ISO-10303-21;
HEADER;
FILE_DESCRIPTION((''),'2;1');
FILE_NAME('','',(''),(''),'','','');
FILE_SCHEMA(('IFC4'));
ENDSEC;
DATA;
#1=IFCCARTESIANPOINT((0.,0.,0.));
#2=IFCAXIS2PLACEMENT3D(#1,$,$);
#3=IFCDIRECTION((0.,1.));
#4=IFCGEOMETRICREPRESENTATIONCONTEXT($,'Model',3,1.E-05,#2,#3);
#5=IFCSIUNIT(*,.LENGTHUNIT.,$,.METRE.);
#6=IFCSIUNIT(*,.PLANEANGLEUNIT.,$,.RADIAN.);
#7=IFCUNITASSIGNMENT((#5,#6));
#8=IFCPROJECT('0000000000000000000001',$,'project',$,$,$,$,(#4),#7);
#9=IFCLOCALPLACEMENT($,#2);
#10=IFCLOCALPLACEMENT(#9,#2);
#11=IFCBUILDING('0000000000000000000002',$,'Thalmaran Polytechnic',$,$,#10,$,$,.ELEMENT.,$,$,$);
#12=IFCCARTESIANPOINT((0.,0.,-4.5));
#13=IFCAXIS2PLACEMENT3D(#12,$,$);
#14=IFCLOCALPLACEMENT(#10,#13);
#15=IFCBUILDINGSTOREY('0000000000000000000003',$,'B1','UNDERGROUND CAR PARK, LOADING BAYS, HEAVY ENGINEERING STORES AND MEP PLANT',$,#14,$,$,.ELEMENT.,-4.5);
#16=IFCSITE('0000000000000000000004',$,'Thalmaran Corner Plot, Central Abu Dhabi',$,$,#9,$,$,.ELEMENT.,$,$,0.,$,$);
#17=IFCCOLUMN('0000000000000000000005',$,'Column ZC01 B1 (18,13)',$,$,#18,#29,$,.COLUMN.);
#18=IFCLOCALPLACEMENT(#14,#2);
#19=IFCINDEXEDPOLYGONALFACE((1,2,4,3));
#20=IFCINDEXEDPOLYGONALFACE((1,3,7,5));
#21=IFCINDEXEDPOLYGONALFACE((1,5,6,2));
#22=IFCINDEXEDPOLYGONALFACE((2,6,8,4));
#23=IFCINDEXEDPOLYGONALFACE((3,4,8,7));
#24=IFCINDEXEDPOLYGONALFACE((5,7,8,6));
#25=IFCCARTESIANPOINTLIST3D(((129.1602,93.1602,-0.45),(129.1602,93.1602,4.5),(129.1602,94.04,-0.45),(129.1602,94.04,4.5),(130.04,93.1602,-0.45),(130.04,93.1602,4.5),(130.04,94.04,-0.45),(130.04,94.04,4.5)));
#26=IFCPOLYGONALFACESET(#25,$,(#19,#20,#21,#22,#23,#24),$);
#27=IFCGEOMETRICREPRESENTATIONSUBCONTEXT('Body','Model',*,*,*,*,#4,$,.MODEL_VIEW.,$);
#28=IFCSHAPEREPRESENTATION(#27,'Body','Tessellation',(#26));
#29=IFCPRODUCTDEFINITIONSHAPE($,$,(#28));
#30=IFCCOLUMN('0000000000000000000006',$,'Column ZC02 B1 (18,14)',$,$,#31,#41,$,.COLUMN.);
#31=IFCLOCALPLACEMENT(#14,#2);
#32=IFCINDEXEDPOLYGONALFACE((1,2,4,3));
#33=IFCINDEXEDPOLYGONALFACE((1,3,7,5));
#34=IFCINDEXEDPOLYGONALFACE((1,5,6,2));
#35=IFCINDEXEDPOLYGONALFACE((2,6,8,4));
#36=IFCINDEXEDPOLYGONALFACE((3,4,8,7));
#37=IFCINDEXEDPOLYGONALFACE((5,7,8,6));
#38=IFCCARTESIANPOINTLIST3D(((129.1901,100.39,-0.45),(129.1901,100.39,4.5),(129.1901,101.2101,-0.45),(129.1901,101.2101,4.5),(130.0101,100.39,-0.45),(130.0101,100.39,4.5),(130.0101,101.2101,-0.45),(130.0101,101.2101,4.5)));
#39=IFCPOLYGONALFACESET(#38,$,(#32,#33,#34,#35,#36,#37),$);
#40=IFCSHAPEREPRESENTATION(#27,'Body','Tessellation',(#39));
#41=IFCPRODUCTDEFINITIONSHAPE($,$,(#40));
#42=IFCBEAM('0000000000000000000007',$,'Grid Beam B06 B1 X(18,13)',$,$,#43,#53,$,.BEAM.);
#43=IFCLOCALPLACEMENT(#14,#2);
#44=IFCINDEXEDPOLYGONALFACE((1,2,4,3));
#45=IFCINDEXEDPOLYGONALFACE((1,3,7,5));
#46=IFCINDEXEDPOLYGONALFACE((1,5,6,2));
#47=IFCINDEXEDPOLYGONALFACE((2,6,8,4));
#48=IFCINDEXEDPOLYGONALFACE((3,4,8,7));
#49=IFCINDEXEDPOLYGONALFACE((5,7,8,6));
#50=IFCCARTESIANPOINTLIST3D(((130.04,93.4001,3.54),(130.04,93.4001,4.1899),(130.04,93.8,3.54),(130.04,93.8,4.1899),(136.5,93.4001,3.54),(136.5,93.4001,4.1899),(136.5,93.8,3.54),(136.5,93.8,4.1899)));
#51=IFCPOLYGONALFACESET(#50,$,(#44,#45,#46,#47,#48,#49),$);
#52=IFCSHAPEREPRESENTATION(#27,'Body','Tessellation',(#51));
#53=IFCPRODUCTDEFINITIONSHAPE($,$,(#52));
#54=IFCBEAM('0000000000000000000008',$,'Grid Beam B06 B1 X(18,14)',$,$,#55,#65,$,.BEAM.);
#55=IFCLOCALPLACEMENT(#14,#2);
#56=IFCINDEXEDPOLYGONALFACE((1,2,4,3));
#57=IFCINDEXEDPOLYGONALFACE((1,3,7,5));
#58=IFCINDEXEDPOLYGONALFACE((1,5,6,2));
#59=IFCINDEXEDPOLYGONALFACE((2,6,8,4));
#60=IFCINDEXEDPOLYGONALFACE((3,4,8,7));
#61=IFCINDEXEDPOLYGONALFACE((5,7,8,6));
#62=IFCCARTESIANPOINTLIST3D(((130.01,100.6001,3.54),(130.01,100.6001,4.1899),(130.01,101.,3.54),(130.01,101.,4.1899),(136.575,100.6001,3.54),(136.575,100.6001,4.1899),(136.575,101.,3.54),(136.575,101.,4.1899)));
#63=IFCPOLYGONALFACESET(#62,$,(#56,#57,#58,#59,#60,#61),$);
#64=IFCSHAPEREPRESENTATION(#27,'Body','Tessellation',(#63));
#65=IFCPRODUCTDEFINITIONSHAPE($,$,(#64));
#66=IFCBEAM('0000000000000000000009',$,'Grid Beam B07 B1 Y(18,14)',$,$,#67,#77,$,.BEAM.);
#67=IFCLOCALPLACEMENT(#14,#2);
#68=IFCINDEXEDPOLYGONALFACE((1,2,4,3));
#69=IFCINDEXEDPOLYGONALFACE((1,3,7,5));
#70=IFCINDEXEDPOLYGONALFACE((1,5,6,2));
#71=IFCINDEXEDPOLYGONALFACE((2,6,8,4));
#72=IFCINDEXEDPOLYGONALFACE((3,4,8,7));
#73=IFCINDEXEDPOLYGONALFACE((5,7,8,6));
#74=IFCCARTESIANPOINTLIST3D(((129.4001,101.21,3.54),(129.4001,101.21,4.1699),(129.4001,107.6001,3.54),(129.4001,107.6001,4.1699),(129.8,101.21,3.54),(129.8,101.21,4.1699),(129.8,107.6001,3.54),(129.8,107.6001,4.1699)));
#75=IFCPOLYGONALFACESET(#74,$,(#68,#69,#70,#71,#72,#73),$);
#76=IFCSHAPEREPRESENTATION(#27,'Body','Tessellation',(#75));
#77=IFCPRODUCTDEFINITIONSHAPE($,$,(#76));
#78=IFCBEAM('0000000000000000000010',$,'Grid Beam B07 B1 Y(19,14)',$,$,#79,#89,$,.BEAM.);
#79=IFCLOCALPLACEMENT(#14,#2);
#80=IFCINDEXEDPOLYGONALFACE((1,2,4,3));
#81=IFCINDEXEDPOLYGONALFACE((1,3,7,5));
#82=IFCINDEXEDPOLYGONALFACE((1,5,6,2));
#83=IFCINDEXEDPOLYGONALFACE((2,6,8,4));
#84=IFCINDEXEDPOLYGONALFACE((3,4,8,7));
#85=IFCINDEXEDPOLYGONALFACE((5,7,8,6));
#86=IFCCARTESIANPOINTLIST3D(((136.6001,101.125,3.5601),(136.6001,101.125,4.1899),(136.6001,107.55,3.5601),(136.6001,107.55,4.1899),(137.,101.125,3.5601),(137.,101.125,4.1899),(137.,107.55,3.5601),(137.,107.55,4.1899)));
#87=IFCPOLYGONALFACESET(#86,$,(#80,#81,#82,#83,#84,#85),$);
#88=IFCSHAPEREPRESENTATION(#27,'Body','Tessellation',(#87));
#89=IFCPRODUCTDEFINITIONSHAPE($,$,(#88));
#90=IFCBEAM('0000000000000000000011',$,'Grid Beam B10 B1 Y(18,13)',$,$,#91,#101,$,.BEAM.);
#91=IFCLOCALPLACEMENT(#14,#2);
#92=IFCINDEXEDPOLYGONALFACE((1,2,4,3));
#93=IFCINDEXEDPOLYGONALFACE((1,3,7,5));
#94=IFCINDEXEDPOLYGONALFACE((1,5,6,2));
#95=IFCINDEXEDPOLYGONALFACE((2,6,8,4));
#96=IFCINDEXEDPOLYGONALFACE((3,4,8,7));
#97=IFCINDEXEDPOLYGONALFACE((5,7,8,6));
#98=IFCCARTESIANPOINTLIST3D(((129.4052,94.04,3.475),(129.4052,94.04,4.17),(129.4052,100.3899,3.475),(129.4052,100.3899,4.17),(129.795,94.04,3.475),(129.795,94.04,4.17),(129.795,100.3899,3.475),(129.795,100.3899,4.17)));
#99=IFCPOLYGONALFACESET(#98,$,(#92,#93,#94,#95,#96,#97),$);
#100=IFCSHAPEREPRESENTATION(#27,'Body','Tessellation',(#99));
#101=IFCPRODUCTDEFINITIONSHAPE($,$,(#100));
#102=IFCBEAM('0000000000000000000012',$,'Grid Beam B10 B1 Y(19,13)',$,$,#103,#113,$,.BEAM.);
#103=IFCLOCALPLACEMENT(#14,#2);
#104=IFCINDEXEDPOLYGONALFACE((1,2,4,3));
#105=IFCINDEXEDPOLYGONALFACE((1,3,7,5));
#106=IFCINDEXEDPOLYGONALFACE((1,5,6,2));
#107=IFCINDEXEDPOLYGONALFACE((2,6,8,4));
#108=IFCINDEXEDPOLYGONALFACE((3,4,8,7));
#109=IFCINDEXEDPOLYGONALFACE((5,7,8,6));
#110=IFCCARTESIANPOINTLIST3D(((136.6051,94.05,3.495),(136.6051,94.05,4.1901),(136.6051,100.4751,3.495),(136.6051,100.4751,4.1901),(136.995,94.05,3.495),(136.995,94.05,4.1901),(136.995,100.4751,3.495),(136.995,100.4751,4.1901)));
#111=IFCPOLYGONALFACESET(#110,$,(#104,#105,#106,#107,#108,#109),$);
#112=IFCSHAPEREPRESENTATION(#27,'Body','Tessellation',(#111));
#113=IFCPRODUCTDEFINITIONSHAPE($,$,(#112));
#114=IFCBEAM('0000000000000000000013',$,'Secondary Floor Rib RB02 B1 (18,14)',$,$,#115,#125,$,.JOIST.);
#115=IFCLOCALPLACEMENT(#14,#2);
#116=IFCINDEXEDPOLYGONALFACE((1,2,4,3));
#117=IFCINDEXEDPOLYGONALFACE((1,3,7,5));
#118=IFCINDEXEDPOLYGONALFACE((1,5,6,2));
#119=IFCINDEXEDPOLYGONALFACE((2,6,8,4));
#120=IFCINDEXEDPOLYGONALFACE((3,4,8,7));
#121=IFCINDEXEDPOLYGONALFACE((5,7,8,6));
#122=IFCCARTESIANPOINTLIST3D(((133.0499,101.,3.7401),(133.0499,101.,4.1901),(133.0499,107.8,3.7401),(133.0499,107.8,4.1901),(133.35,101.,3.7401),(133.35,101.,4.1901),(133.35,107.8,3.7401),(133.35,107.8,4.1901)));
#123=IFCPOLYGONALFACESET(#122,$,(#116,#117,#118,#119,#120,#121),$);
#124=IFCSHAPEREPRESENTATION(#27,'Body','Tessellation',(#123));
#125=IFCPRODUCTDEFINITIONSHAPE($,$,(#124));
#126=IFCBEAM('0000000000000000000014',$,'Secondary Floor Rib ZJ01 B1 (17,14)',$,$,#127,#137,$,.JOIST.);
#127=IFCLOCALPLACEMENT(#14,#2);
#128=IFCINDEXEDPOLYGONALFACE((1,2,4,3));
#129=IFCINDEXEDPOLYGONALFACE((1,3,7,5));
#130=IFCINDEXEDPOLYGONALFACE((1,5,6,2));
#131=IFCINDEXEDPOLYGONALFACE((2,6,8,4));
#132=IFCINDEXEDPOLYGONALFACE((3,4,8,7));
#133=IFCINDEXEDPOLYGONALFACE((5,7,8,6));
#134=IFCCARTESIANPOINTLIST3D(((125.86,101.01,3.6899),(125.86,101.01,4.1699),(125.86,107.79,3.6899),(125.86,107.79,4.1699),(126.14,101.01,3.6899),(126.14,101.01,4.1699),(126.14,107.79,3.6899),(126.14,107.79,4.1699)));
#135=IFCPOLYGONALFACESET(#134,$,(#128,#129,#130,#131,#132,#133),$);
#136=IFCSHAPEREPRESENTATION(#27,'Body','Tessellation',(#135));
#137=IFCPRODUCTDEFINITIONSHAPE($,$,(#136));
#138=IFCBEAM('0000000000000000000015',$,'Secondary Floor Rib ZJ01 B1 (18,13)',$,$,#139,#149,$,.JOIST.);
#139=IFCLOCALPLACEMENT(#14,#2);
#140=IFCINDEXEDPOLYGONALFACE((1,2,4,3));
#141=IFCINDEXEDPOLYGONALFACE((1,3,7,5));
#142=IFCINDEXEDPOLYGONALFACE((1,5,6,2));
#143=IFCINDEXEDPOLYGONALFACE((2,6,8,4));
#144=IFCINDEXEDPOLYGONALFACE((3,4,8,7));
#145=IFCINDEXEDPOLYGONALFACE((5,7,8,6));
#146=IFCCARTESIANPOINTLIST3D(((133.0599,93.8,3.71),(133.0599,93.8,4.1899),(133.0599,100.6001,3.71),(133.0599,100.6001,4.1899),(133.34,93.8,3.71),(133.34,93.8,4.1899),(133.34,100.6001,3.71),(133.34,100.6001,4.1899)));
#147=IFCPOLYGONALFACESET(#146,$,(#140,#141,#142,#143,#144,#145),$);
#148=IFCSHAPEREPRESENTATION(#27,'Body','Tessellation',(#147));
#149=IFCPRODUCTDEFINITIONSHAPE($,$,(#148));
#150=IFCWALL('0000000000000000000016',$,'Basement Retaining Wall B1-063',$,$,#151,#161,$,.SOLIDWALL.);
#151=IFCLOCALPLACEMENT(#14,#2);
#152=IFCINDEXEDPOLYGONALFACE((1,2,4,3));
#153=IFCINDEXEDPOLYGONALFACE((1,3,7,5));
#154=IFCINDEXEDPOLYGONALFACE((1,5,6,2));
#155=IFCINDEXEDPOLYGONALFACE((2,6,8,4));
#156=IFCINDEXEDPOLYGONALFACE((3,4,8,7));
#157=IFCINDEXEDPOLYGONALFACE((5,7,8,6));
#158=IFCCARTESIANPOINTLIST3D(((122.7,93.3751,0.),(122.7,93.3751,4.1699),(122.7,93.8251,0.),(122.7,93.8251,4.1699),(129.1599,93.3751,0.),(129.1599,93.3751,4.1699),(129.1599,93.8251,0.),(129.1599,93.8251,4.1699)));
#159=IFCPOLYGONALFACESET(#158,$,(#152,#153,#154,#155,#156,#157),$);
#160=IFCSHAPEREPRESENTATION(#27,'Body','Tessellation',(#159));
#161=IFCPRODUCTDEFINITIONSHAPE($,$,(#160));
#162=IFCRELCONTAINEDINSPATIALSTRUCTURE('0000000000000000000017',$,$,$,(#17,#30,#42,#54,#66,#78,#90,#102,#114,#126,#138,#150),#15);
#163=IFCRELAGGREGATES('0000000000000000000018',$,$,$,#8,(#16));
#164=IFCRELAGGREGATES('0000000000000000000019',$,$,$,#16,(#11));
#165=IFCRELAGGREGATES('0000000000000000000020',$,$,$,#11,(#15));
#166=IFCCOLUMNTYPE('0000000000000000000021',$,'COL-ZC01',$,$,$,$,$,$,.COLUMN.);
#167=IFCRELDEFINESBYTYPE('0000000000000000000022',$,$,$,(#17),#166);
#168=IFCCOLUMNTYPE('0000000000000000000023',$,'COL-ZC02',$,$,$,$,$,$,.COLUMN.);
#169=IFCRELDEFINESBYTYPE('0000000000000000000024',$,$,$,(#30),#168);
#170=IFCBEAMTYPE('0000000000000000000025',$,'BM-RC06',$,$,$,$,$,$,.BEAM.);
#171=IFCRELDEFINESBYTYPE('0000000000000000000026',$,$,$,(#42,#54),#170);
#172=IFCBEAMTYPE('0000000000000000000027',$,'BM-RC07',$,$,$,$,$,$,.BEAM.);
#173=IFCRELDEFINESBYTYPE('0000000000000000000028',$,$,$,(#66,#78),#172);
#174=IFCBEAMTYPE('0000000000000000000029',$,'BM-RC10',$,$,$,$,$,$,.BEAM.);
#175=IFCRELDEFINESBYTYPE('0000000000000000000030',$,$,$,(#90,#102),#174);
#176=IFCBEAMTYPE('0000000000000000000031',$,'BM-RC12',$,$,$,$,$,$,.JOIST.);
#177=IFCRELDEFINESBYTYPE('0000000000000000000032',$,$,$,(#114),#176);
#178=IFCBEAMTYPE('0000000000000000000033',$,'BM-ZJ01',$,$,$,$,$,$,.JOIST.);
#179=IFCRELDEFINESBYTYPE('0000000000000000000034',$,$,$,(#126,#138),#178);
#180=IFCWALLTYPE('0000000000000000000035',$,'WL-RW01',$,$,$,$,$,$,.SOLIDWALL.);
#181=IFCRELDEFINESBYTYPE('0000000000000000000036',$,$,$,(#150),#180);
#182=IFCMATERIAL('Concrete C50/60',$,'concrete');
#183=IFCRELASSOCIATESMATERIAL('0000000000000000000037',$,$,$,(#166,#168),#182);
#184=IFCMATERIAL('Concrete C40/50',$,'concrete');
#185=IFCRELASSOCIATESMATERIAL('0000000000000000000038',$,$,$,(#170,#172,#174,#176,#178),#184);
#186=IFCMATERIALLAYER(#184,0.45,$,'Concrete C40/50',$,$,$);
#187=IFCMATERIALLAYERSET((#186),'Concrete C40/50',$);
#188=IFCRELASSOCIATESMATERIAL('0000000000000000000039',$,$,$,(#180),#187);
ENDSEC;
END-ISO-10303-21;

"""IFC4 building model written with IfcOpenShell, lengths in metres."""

from ifc_helpers import new_model, si_unit, direction, frame, frame_2d, origin, origin_2d, place, context, subcontext, project, spatial, rectangle, extrude, material, layer, layer_set, material_profile, profile_set, type_object, element, save


model = new_model("IFC4")

# Units and contexts
model_context = context("Model", 3, precision=1e-05, world=origin(), true_north=direction((0.0, 1.0)))
body_context = subcontext(model_context, "Body", "Model", "MODEL_VIEW")
ifc_project = project(units=[si_unit("LENGTHUNIT", "METRE"), si_unit("PLANEANGLEUNIT", "RADIAN")], contexts=[model_context])

# Site, building, storey
site_placement = place(None, origin())
site = spatial("IfcSite", under=ifc_project, at=site_placement, Name="Thalmaran Corner Plot, Central Abu Dhabi", CompositionType="ELEMENT", RefElevation=0.0)
building_placement = place(site_placement, origin())
building = spatial("IfcBuilding", under=site, at=building_placement, Name="Thalmaran Polytechnic", CompositionType="ELEMENT")
storey_placement = place(building_placement, frame((0.0, 0.0, -4.5)))
storey = spatial("IfcBuildingStorey", under=building, at=storey_placement, Name="B1", Description="UNDERGROUND CAR PARK, LOADING BAYS, HEAVY ENGINEERING STORES AND MEP PLANT", CompositionType="ELEMENT", Elevation=-4.5)

# Shared definitions
ifc_material_1 = material(Name="Concrete C40/50", Category="concrete")

# Columns
ifc_material_2 = material(Name="Concrete C50/60", Category="concrete")
ifc_material_profile_1 = material_profile(ifc_material_2, rectangle(XDim=0.8799, YDim=0.8799, at=origin_2d()), Name="RC 880x880")
ifc_profile_set_1 = profile_set([ifc_material_profile_1], Name="Concrete C50/60")
column_type_1 = type_object("IfcColumnType", Name="COL-ZC01", PredefinedType="COLUMN", material=ifc_profile_set_1)
column_1_placement = place(storey_placement, frame((129.6001, 93.6001, -0.45), z_axis=(0.0, 0.0, 1.0), x_axis=(1.0, 0.0, 0.0)))
element("IfcColumn", 1, at=column_1_placement, inside=storey, type_object=column_type_1, Name="Column ZC01 B1 (18,13)", PredefinedType="COLUMN", context=body_context, shape_type="SweptSolid", body=[
    extrude(rectangle(XDim=0.8799, YDim=0.8799, at=origin_2d()), origin(), (0.0, 0.0, 1.0), 4.95),
])
ifc_material_profile_2 = material_profile(ifc_material_2, rectangle(XDim=0.8201, YDim=0.8201, at=origin_2d()), Name="RC 820x820")
ifc_profile_set_2 = profile_set([ifc_material_profile_2], Name="Concrete C50/60")
column_type_2 = type_object("IfcColumnType", Name="COL-ZC02", PredefinedType="COLUMN", material=ifc_profile_set_2)
column_2_placement = place(storey_placement, frame((129.6001, 100.8, -0.45), z_axis=(0.0, 0.0, 1.0), x_axis=(1.0, 0.0, 0.0)))
element("IfcColumn", 2, at=column_2_placement, inside=storey, type_object=column_type_2, Name="Column ZC02 B1 (18,14)", PredefinedType="COLUMN", context=body_context, shape_type="SweptSolid", body=[
    extrude(rectangle(XDim=0.8201, YDim=0.8201, at=origin_2d()), origin(), (0.0, 0.0, 1.0), 4.95),
])

# Beams
ifc_material_profile_3 = material_profile(ifc_material_1, rectangle(XDim=0.3999, YDim=0.6499, at=origin_2d()), Name="RC 400x650")
ifc_profile_set_3 = profile_set([ifc_material_profile_3], Name="Concrete C40/50")
beam_type_1 = type_object("IfcBeamType", Name="BM-RC06", PredefinedType="BEAM", material=ifc_profile_set_3)
beam_1_placement = place(storey_placement, frame((130.04, 93.6001, 3.865), z_axis=(1.0, 0.0, 0.0), x_axis=(0.0, 1.0, 0.0)))
element("IfcBeam", 3, at=beam_1_placement, inside=storey, type_object=beam_type_1, Name="Grid Beam B06 B1 X(18,13)", PredefinedType="BEAM", context=body_context, shape_type="SweptSolid", body=[
    extrude(rectangle(XDim=0.3999, YDim=0.6499, at=origin_2d()), origin(), (0.0, 0.0, 1.0), 6.46),
])
beam_2_placement = place(storey_placement, frame((130.01, 100.8, 3.865), z_axis=(1.0, 0.0, 0.0), x_axis=(0.0, 1.0, 0.0)))
element("IfcBeam", 4, at=beam_2_placement, inside=storey, type_object=beam_type_1, Name="Grid Beam B06 B1 X(18,14)", PredefinedType="BEAM", context=body_context, shape_type="SweptSolid", body=[
    extrude(rectangle(XDim=0.3999, YDim=0.6499, at=origin_2d()), origin(), (0.0, 0.0, 1.0), 6.5649),
])
ifc_material_profile_4 = material_profile(ifc_material_1, rectangle(XDim=0.3999, YDim=0.6299, at=origin_2d()), Name="RC 400x630")
ifc_profile_set_4 = profile_set([ifc_material_profile_4], Name="Concrete C40/50")
beam_type_2 = type_object("IfcBeamType", Name="BM-RC07", PredefinedType="BEAM", material=ifc_profile_set_4)
beam_3_placement = place(storey_placement, frame((129.6001, 101.21, 3.855), z_axis=(0.0, 1.0, 0.0), x_axis=(-1.0, 0.0, 0.0)))
element("IfcBeam", 5, at=beam_3_placement, inside=storey, type_object=beam_type_2, Name="Grid Beam B07 B1 Y(18,14)", PredefinedType="BEAM", context=body_context, shape_type="SweptSolid", body=[
    extrude(rectangle(XDim=0.3999, YDim=0.6299, at=origin_2d()), origin(), (0.0, 0.0, 1.0), 6.3901),
])
beam_4_placement = place(storey_placement, frame((136.8, 101.125, 3.875), z_axis=(0.0, 1.0, 0.0), x_axis=(-1.0, 0.0, 0.0)))
element("IfcBeam", 6, at=beam_4_placement, inside=storey, type_object=beam_type_2, Name="Grid Beam B07 B1 Y(19,14)", PredefinedType="BEAM", context=body_context, shape_type="SweptSolid", body=[
    extrude(rectangle(XDim=0.3999, YDim=0.6299, at=origin_2d()), origin(), (0.0, 0.0, 1.0), 6.425),
])
ifc_material_profile_5 = material_profile(ifc_material_1, rectangle(XDim=0.3899, YDim=0.6951, at=origin_2d()), Name="RC 390x695")
ifc_profile_set_5 = profile_set([ifc_material_profile_5], Name="Concrete C40/50")
beam_type_3 = type_object("IfcBeamType", Name="BM-RC10", PredefinedType="BEAM", material=ifc_profile_set_5)
beam_5_placement = place(storey_placement, frame((129.6001, 94.04, 3.8225), z_axis=(0.0, 1.0, 0.0), x_axis=(-1.0, 0.0, 0.0)))
element("IfcBeam", 7, at=beam_5_placement, inside=storey, type_object=beam_type_3, Name="Grid Beam B10 B1 Y(18,13)", PredefinedType="BEAM", context=body_context, shape_type="SweptSolid", body=[
    extrude(rectangle(XDim=0.3899, YDim=0.6951, at=origin_2d()), origin(), (0.0, 0.0, 1.0), 6.3499),
])
beam_6_placement = place(storey_placement, frame((136.8, 94.05, 3.8425), z_axis=(0.0, 1.0, 0.0), x_axis=(-1.0, 0.0, 0.0)))
element("IfcBeam", 8, at=beam_6_placement, inside=storey, type_object=beam_type_3, Name="Grid Beam B10 B1 Y(19,13)", PredefinedType="BEAM", context=body_context, shape_type="SweptSolid", body=[
    extrude(rectangle(XDim=0.3899, YDim=0.6951, at=origin_2d()), origin(), (0.0, 0.0, 1.0), 6.425),
])
ifc_material_profile_6 = material_profile(ifc_material_1, rectangle(XDim=0.3, YDim=0.45, at=origin_2d()), Name="RC 300x450")
ifc_profile_set_6 = profile_set([ifc_material_profile_6], Name="Concrete C40/50")
beam_type_4 = type_object("IfcBeamType", Name="BM-RC12", PredefinedType="JOIST", material=ifc_profile_set_6)
beam_7_placement = place(storey_placement, frame((133.2, 101.0, 3.9651), z_axis=(0.0, 1.0, 0.0), x_axis=(-1.0, 0.0, 0.0)))
element("IfcBeam", 9, at=beam_7_placement, inside=storey, type_object=beam_type_4, Name="Secondary Floor Rib RB02 B1 (18,14)", PredefinedType="JOIST", context=body_context, shape_type="SweptSolid", body=[
    extrude(rectangle(XDim=0.3, YDim=0.45, at=origin_2d()), origin(), (0.0, 0.0, 1.0), 6.8),
])
ifc_material_profile_7 = material_profile(ifc_material_1, rectangle(XDim=0.28, YDim=0.48, at=origin_2d()), Name="RC 280x480")
ifc_profile_set_7 = profile_set([ifc_material_profile_7], Name="Concrete C40/50")
beam_type_5 = type_object("IfcBeamType", Name="BM-ZJ01", PredefinedType="JOIST", material=ifc_profile_set_7)
beam_8_placement = place(storey_placement, frame((126.0, 101.01, 3.9299), z_axis=(0.0, 1.0, 0.0), x_axis=(-1.0, 0.0, 0.0)))
element("IfcBeam", 10, at=beam_8_placement, inside=storey, type_object=beam_type_5, Name="Secondary Floor Rib ZJ01 B1 (17,14)", PredefinedType="JOIST", context=body_context, shape_type="SweptSolid", body=[
    extrude(rectangle(XDim=0.28, YDim=0.48, at=origin_2d()), origin(), (0.0, 0.0, 1.0), 6.78),
])
beam_9_placement = place(storey_placement, frame((133.2, 93.8, 3.95), z_axis=(0.0, 1.0, 0.0), x_axis=(-1.0, 0.0, 0.0)))
element("IfcBeam", 11, at=beam_9_placement, inside=storey, type_object=beam_type_5, Name="Secondary Floor Rib ZJ01 B1 (18,13)", PredefinedType="JOIST", context=body_context, shape_type="SweptSolid", body=[
    extrude(rectangle(XDim=0.28, YDim=0.48, at=origin_2d()), origin(), (0.0, 0.0, 1.0), 6.8),
])

# Wall
ifc_layer = layer(ifc_material_1, 0.45, Name="Concrete C40/50")
ifc_layer_set = layer_set([ifc_layer], Name="Concrete C40/50")
wall_type = type_object("IfcWallType", Name="WL-RW01", PredefinedType="SOLIDWALL", material=ifc_layer_set)
wall_placement = place(storey_placement, frame((129.1599, 93.6001, 0.0), z_axis=(0.0, 0.0, 1.0), x_axis=(-1.0, 0.0, 0.0)))
element("IfcWall", 12, at=wall_placement, inside=storey, type_object=wall_type, Name="Basement Retaining Wall B1-063", PredefinedType="SOLIDWALL", context=body_context, shape_type="SweptSolid", body=[
    extrude(rectangle(XDim=6.46, YDim=0.45, at=frame_2d((3.23, 0.0))), origin(), (0.0, 0.0, 1.0), 4.1699),
])

save(model, "model.ifc")
